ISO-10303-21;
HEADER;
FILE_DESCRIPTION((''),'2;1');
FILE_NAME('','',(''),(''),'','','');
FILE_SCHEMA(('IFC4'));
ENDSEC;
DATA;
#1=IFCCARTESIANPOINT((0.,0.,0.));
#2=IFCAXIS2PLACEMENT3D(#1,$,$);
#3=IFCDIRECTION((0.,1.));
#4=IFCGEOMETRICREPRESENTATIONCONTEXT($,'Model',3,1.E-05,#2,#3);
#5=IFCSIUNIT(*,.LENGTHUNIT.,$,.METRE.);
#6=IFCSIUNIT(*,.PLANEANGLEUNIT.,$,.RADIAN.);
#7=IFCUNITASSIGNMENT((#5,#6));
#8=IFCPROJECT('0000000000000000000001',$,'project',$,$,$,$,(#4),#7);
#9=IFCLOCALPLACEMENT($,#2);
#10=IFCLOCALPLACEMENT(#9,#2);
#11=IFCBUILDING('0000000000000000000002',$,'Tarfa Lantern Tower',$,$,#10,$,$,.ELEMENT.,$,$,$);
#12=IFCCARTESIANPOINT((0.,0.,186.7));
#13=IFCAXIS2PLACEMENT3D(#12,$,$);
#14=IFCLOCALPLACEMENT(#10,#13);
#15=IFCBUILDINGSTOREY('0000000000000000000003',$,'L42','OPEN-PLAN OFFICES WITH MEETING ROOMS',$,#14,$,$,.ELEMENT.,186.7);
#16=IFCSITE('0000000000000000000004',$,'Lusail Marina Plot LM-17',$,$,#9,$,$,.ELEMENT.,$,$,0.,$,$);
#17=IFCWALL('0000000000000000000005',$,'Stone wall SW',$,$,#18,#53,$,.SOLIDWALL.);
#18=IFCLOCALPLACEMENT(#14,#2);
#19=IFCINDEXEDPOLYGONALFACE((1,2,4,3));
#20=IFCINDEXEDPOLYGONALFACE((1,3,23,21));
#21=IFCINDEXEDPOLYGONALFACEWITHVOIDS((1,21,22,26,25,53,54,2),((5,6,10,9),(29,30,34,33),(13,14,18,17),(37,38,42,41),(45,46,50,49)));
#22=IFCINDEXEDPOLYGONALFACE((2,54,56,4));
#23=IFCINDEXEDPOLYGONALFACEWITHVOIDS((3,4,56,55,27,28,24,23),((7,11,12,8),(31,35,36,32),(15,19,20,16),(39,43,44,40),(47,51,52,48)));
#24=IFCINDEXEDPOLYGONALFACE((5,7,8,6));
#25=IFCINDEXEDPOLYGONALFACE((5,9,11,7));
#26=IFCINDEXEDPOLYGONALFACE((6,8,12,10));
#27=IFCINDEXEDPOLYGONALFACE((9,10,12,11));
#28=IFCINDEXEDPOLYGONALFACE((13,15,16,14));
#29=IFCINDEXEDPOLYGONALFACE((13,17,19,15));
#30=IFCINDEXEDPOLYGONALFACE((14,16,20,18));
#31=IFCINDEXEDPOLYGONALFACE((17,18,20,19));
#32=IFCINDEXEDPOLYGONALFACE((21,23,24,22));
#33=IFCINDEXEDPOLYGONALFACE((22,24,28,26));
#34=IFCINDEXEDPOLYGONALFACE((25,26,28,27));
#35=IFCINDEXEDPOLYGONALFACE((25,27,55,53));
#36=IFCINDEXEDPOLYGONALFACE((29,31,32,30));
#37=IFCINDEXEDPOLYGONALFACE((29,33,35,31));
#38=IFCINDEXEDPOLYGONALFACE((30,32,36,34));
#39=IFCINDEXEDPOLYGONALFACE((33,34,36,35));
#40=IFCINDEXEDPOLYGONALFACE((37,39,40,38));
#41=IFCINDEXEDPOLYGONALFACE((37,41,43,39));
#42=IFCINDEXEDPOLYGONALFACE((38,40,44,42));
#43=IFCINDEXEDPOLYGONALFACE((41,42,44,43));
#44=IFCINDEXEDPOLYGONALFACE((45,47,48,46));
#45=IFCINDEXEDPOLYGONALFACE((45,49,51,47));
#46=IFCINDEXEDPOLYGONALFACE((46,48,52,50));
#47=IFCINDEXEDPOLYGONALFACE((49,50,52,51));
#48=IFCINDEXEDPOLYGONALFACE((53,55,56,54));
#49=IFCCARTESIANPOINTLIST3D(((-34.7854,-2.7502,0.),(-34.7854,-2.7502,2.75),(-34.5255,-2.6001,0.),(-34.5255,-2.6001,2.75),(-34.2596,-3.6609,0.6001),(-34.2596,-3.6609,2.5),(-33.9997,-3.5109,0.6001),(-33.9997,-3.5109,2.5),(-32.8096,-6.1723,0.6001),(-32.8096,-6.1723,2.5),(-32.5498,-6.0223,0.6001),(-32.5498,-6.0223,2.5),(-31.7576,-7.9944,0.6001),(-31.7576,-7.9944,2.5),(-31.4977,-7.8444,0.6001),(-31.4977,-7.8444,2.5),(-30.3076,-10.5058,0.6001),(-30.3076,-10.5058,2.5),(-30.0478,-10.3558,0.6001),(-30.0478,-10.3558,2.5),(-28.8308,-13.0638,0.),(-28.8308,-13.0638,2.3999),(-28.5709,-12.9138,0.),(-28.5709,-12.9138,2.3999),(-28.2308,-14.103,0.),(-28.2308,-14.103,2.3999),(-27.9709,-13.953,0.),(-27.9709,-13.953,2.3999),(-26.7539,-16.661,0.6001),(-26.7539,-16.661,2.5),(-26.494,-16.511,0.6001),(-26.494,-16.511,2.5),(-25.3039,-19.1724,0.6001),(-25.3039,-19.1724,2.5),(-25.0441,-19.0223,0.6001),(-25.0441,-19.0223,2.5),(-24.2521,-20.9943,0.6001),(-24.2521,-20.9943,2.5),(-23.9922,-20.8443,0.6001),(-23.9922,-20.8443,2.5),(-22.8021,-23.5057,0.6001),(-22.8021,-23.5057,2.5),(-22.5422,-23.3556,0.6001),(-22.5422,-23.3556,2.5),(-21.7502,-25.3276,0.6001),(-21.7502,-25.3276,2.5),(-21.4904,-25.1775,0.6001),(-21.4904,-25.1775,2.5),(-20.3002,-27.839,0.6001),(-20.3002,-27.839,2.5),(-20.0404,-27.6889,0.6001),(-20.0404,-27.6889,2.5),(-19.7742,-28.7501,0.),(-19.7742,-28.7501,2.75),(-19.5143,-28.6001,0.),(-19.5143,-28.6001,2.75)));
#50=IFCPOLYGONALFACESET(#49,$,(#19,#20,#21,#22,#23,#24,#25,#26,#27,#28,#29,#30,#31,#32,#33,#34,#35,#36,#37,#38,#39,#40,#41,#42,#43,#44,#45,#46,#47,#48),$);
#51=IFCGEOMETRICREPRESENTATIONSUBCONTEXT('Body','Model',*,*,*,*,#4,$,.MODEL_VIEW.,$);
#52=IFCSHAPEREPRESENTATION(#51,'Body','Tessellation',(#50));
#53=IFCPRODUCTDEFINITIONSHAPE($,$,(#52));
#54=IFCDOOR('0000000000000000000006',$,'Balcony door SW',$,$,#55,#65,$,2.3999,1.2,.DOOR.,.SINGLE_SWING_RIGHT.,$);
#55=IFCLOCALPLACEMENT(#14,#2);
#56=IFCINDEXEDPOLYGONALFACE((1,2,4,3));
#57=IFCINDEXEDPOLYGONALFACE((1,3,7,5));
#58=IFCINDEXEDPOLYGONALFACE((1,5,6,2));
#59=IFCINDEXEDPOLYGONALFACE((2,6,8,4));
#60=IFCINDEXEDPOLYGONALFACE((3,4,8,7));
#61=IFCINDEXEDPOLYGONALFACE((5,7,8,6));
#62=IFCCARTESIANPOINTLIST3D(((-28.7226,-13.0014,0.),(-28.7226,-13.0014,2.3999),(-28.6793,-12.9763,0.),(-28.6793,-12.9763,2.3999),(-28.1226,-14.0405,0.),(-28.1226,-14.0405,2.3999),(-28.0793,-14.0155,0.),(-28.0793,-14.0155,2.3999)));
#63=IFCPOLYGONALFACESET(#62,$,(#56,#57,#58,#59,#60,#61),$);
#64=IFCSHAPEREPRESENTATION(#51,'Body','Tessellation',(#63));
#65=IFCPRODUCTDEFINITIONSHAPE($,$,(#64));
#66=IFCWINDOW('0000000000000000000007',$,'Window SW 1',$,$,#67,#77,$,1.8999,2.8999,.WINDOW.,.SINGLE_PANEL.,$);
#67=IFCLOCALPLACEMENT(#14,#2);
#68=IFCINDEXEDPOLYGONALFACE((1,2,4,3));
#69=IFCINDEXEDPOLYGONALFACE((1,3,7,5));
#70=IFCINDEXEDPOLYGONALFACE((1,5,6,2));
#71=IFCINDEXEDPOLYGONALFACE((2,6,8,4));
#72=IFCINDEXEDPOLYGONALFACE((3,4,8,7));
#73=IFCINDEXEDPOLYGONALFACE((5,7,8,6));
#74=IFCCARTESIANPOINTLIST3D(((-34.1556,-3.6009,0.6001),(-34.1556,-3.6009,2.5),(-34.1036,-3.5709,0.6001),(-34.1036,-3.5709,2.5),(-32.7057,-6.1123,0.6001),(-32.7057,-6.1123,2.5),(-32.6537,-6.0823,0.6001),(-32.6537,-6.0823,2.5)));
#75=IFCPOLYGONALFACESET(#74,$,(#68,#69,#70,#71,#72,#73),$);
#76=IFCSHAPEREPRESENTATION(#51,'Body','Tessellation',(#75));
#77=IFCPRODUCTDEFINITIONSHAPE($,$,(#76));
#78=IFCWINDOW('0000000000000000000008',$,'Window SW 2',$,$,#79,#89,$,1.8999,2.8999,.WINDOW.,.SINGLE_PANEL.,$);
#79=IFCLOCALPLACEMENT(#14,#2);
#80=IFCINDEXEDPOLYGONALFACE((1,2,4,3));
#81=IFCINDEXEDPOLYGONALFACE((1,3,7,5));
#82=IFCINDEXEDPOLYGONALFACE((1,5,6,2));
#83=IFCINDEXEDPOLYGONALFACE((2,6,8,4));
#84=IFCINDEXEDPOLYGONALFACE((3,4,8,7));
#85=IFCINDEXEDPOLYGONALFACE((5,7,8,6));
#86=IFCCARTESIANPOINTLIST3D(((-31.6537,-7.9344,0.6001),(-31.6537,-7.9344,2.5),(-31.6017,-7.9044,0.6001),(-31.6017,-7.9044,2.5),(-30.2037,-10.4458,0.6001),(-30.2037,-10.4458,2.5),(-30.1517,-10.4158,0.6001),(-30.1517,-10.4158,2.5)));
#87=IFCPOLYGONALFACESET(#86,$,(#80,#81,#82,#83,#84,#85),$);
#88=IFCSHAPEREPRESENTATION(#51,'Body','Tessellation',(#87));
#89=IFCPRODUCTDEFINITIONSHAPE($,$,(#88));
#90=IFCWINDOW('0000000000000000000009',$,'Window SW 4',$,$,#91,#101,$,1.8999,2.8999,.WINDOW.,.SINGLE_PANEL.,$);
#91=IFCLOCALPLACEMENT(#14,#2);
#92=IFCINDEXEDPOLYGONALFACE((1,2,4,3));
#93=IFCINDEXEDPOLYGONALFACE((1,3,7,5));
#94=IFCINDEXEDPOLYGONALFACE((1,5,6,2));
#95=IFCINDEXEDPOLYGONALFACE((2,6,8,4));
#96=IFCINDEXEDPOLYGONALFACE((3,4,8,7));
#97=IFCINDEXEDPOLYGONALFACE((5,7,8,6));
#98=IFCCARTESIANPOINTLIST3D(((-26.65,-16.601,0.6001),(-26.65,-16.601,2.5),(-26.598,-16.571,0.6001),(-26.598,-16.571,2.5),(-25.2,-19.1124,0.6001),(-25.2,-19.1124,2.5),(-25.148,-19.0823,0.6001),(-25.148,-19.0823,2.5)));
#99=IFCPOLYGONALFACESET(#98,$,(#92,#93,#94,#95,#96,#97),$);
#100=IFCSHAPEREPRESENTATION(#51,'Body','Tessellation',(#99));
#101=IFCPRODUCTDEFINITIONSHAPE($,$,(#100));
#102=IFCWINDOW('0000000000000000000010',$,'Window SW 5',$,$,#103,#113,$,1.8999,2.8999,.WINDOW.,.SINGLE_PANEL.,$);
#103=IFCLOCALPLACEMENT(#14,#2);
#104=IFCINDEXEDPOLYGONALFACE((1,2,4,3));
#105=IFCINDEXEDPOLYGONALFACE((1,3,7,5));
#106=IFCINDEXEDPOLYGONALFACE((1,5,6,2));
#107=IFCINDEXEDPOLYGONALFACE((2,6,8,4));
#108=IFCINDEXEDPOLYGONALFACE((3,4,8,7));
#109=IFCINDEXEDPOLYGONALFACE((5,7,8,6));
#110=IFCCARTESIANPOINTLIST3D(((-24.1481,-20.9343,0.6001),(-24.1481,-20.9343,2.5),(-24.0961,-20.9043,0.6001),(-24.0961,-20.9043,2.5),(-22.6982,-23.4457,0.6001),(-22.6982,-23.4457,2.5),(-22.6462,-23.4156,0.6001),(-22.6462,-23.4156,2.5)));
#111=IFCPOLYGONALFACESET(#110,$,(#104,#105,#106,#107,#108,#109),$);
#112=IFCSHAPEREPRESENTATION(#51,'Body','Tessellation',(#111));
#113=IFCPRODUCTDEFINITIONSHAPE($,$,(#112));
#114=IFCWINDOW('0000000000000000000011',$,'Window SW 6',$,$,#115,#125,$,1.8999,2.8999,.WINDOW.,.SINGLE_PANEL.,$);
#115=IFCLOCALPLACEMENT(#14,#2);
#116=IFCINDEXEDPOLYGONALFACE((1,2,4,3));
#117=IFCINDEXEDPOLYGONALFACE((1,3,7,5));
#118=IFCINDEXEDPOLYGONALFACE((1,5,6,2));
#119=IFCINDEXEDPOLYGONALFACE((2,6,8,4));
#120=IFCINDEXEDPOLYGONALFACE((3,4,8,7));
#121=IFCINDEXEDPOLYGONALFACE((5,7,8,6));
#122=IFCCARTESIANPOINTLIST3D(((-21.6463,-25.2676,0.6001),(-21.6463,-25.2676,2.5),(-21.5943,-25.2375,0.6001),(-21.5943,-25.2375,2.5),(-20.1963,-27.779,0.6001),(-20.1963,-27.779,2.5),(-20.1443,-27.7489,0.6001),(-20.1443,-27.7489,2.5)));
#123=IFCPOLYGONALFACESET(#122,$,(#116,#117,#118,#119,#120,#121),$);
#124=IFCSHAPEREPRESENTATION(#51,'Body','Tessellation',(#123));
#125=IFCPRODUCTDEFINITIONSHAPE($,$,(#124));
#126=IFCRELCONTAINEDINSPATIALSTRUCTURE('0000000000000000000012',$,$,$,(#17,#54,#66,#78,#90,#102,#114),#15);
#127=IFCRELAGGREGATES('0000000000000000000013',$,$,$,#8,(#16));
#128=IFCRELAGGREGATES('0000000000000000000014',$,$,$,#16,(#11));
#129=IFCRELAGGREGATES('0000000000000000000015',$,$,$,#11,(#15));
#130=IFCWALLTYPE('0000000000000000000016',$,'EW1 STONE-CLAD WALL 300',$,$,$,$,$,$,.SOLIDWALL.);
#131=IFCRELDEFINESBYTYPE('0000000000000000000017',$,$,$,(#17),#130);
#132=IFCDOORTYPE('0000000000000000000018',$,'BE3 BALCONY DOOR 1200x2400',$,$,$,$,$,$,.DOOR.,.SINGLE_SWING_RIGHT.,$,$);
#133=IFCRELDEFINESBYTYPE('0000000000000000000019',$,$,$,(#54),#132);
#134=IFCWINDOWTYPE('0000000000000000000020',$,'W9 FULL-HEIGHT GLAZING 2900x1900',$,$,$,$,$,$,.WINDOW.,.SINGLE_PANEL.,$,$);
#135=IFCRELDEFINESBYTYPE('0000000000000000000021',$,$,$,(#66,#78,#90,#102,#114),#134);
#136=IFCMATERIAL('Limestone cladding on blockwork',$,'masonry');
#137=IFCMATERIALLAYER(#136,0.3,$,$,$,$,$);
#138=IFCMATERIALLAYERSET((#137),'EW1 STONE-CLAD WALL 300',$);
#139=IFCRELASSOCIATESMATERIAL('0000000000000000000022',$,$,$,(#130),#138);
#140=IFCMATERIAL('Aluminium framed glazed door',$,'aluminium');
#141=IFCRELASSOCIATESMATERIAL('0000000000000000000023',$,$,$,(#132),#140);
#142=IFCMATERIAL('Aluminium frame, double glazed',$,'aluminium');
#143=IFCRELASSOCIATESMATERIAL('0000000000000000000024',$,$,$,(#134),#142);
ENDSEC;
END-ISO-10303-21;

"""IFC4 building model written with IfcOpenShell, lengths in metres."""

from ifc_helpers import new_model, si_unit, direction, frame, frame_2d, origin, place, context, subcontext, project, spatial, rectangle, extrude, material, layer, layer_set, type_object, element, fill, save


model = new_model("IFC4")

# Units and contexts
model_context = context("Model", 3, precision=1e-05, world=origin(), true_north=direction((0.0, 1.0)))
body_context = subcontext(model_context, "Body", "Model", "MODEL_VIEW")
ifc_project = project(units=[si_unit("LENGTHUNIT", "METRE"), si_unit("PLANEANGLEUNIT", "RADIAN")], contexts=[model_context])

# Site, building, storey
site_placement = place(None, origin())
site = spatial("IfcSite", under=ifc_project, at=site_placement, Name="Lusail Marina Plot LM-17", CompositionType="ELEMENT", RefElevation=0.0)
building_placement = place(site_placement, origin())
building = spatial("IfcBuilding", under=site, at=building_placement, Name="Tarfa Lantern Tower", CompositionType="ELEMENT")
storey_placement = place(building_placement, frame((0.0, 0.0, 186.7)))
storey = spatial("IfcBuildingStorey", under=building, at=storey_placement, Name="L42", Description="OPEN-PLAN OFFICES WITH MEETING ROOMS", CompositionType="ELEMENT", Elevation=186.7)

# Wall, openings, door, windows
ifc_material_1 = material(Name="Limestone cladding on blockwork", Category="masonry")
ifc_layer_1 = layer(ifc_material_1, 0.3)
ifc_layer_set_1 = layer_set([ifc_layer_1], Name="EW1 STONE-CLAD WALL 300")
wall_type = type_object("IfcWallType", Name="EW1 STONE-CLAD WALL 300", PredefinedType="SOLIDWALL", material=ifc_layer_set_1)
wall_placement = place(storey_placement, frame((-34.6555, -2.675, 0.0), z_axis=(0.0, 0.0, 1.0), x_axis=(0.500003, -0.866024, 0.0)))
wall = element("IfcWall", 1, at=wall_placement, inside=storey, type_object=wall_type, Name="Stone wall SW", PredefinedType="SOLIDWALL", context=body_context, shape_type="SweptSolid", body=[
    extrude(rectangle(XDim=30.0222, YDim=0.3, at=frame_2d((15.0112, 0.0))), origin(), (0.0, 0.0, 1.0), 2.75),
])
opening_1_placement = place(wall_placement, frame((1.0518, 0.0, 0.6001)))
opening_1 = element("IfcOpeningElement", 2, at=opening_1_placement, cuts=wall, PredefinedType="OPENING", context=body_context, shape_type="SweptSolid", body=[
    extrude(rectangle(XDim=2.8999, YDim=1.8999, at=frame_2d((1.45, 0.95))), frame((0.0, 0.1599, 0.0), z_axis=(0.0, -1.0, 0.0), x_axis=(1.0, 0.0, 0.0)), (0.0, 0.0, 1.0), 0.3201),
])
opening_2_placement = place(wall_placement, frame((6.0557, 0.0, 0.6001)))
opening_2 = element("IfcOpeningElement", 3, at=opening_2_placement, cuts=wall, PredefinedType="OPENING", context=body_context, shape_type="SweptSolid", body=[
    extrude(rectangle(XDim=2.8999, YDim=1.8999, at=frame_2d((1.45, 0.95))), frame((0.0, 0.1599, 0.0), z_axis=(0.0, -1.0, 0.0), x_axis=(1.0, 0.0, 0.0)), (0.0, 0.0, 1.0), 0.3201),
])
opening_3_placement = place(wall_placement, frame((11.9092, 0.0, 0.0)))
opening_3 = element("IfcOpeningElement", 4, at=opening_3_placement, cuts=wall, PredefinedType="OPENING", context=body_context, shape_type="SweptSolid", body=[
    extrude(rectangle(XDim=1.2, YDim=2.3999, at=frame_2d((0.6001, 1.2))), frame((0.0, 0.1599, 0.0), z_axis=(0.0, -1.0, 0.0), x_axis=(1.0, 0.0, 0.0)), (0.0, 0.0, 1.0), 0.3201),
])
opening_4_placement = place(wall_placement, frame((16.063, 0.0, 0.6001)))
opening_4 = element("IfcOpeningElement", 5, at=opening_4_placement, cuts=wall, PredefinedType="OPENING", context=body_context, shape_type="SweptSolid", body=[
    extrude(rectangle(XDim=2.8999, YDim=1.8999, at=frame_2d((1.45, 0.95))), frame((0.0, 0.1599, 0.0), z_axis=(0.0, -1.0, 0.0), x_axis=(1.0, 0.0, 0.0)), (0.0, 0.0, 1.0), 0.3201),
])
opening_5_placement = place(wall_placement, frame((21.0667, 0.0, 0.6001)))
opening_5 = element("IfcOpeningElement", 6, at=opening_5_placement, cuts=wall, PredefinedType="OPENING", context=body_context, shape_type="SweptSolid", body=[
    extrude(rectangle(XDim=2.8999, YDim=1.8999, at=frame_2d((1.45, 0.95))), frame((0.0, 0.1599, 0.0), z_axis=(0.0, -1.0, 0.0), x_axis=(1.0, 0.0, 0.0)), (0.0, 0.0, 1.0), 0.3201),
])
opening_6_placement = place(wall_placement, frame((26.0703, 0.0, 0.6001)))
opening_6 = element("IfcOpeningElement", 7, at=opening_6_placement, cuts=wall, PredefinedType="OPENING", context=body_context, shape_type="SweptSolid", body=[
    extrude(rectangle(XDim=2.8999, YDim=1.8999, at=frame_2d((1.45, 0.95))), frame((0.0, 0.1599, 0.0), z_axis=(0.0, -1.0, 0.0), x_axis=(1.0, 0.0, 0.0)), (0.0, 0.0, 1.0), 0.3201),
])
ifc_material_2 = material(Name="Aluminium framed glazed door", Category="aluminium")
door_type = type_object("IfcDoorType", Name="BE3 BALCONY DOOR 1200x2400", OperationType="SINGLE_SWING_RIGHT", PredefinedType="DOOR", material=ifc_material_2)
door_placement = place(opening_3_placement, origin())
door = element("IfcDoor", 8, at=door_placement, inside=storey, type_object=door_type, Name="Balcony door SW", OperationType="SINGLE_SWING_RIGHT", OverallHeight=2.3999, OverallWidth=1.2, PredefinedType="DOOR", context=body_context, shape_type="SweptSolid", body=[
    extrude(rectangle(XDim=1.2, YDim=2.3999, at=frame_2d((0.6001, 1.2))), frame((0.0, 0.0249, 0.0), z_axis=(0.0, -1.0, 0.0), x_axis=(1.0, 0.0, 0.0)), (0.0, 0.0, 1.0), 0.05),
])
fill(opening_3, door)
ifc_material_3 = material(Name="Aluminium frame, double glazed", Category="aluminium")
window_type = type_object("IfcWindowType", Name="W9 FULL-HEIGHT GLAZING 2900x1900", PartitioningType="SINGLE_PANEL", PredefinedType="WINDOW", material=ifc_material_3)
window_1_placement = place(opening_1_placement, origin())
window_1 = element("IfcWindow", 9, at=window_1_placement, inside=storey, type_object=window_type, Name="Window SW 1", OverallHeight=1.8999, OverallWidth=2.8999, PartitioningType="SINGLE_PANEL", PredefinedType="WINDOW", context=body_context, shape_type="SweptSolid", body=[
    extrude(rectangle(XDim=2.8999, YDim=1.8999, at=frame_2d((1.45, 0.95))), frame((0.0, 0.03, 0.0), z_axis=(0.0, -1.0, 0.0), x_axis=(1.0, 0.0, 0.0)), (0.0, 0.0, 1.0), 0.0601),
])
fill(opening_1, window_1)
window_2_placement = place(opening_2_placement, origin())
window_2 = element("IfcWindow", 10, at=window_2_placement, inside=storey, type_object=window_type, Name="Window SW 2", OverallHeight=1.8999, OverallWidth=2.8999, PartitioningType="SINGLE_PANEL", PredefinedType="WINDOW", context=body_context, shape_type="SweptSolid", body=[
    extrude(rectangle(XDim=2.8999, YDim=1.8999, at=frame_2d((1.45, 0.95))), frame((0.0, 0.03, 0.0), z_axis=(0.0, -1.0, 0.0), x_axis=(1.0, 0.0, 0.0)), (0.0, 0.0, 1.0), 0.0601),
])
fill(opening_2, window_2)
window_3_placement = place(opening_4_placement, origin())
window_3 = element("IfcWindow", 11, at=window_3_placement, inside=storey, type_object=window_type, Name="Window SW 4", OverallHeight=1.8999, OverallWidth=2.8999, PartitioningType="SINGLE_PANEL", PredefinedType="WINDOW", context=body_context, shape_type="SweptSolid", body=[
    extrude(rectangle(XDim=2.8999, YDim=1.8999, at=frame_2d((1.45, 0.95))), frame((0.0, 0.03, 0.0), z_axis=(0.0, -1.0, 0.0), x_axis=(1.0, 0.0, 0.0)), (0.0, 0.0, 1.0), 0.0601),
])
fill(opening_4, window_3)
window_4_placement = place(opening_5_placement, origin())
window_4 = element("IfcWindow", 12, at=window_4_placement, inside=storey, type_object=window_type, Name="Window SW 5", OverallHeight=1.8999, OverallWidth=2.8999, PartitioningType="SINGLE_PANEL", PredefinedType="WINDOW", context=body_context, shape_type="SweptSolid", body=[
    extrude(rectangle(XDim=2.8999, YDim=1.8999, at=frame_2d((1.45, 0.95))), frame((0.0, 0.03, 0.0), z_axis=(0.0, -1.0, 0.0), x_axis=(1.0, 0.0, 0.0)), (0.0, 0.0, 1.0), 0.0601),
])
fill(opening_5, window_4)
window_5_placement = place(opening_6_placement, origin())
window_5 = element("IfcWindow", 13, at=window_5_placement, inside=storey, type_object=window_type, Name="Window SW 6", OverallHeight=1.8999, OverallWidth=2.8999, PartitioningType="SINGLE_PANEL", PredefinedType="WINDOW", context=body_context, shape_type="SweptSolid", body=[
    extrude(rectangle(XDim=2.8999, YDim=1.8999, at=frame_2d((1.45, 0.95))), frame((0.0, 0.03, 0.0), z_axis=(0.0, -1.0, 0.0), x_axis=(1.0, 0.0, 0.0)), (0.0, 0.0, 1.0), 0.0601),
])
fill(opening_6, window_5)

save(model, "model.ifc")
